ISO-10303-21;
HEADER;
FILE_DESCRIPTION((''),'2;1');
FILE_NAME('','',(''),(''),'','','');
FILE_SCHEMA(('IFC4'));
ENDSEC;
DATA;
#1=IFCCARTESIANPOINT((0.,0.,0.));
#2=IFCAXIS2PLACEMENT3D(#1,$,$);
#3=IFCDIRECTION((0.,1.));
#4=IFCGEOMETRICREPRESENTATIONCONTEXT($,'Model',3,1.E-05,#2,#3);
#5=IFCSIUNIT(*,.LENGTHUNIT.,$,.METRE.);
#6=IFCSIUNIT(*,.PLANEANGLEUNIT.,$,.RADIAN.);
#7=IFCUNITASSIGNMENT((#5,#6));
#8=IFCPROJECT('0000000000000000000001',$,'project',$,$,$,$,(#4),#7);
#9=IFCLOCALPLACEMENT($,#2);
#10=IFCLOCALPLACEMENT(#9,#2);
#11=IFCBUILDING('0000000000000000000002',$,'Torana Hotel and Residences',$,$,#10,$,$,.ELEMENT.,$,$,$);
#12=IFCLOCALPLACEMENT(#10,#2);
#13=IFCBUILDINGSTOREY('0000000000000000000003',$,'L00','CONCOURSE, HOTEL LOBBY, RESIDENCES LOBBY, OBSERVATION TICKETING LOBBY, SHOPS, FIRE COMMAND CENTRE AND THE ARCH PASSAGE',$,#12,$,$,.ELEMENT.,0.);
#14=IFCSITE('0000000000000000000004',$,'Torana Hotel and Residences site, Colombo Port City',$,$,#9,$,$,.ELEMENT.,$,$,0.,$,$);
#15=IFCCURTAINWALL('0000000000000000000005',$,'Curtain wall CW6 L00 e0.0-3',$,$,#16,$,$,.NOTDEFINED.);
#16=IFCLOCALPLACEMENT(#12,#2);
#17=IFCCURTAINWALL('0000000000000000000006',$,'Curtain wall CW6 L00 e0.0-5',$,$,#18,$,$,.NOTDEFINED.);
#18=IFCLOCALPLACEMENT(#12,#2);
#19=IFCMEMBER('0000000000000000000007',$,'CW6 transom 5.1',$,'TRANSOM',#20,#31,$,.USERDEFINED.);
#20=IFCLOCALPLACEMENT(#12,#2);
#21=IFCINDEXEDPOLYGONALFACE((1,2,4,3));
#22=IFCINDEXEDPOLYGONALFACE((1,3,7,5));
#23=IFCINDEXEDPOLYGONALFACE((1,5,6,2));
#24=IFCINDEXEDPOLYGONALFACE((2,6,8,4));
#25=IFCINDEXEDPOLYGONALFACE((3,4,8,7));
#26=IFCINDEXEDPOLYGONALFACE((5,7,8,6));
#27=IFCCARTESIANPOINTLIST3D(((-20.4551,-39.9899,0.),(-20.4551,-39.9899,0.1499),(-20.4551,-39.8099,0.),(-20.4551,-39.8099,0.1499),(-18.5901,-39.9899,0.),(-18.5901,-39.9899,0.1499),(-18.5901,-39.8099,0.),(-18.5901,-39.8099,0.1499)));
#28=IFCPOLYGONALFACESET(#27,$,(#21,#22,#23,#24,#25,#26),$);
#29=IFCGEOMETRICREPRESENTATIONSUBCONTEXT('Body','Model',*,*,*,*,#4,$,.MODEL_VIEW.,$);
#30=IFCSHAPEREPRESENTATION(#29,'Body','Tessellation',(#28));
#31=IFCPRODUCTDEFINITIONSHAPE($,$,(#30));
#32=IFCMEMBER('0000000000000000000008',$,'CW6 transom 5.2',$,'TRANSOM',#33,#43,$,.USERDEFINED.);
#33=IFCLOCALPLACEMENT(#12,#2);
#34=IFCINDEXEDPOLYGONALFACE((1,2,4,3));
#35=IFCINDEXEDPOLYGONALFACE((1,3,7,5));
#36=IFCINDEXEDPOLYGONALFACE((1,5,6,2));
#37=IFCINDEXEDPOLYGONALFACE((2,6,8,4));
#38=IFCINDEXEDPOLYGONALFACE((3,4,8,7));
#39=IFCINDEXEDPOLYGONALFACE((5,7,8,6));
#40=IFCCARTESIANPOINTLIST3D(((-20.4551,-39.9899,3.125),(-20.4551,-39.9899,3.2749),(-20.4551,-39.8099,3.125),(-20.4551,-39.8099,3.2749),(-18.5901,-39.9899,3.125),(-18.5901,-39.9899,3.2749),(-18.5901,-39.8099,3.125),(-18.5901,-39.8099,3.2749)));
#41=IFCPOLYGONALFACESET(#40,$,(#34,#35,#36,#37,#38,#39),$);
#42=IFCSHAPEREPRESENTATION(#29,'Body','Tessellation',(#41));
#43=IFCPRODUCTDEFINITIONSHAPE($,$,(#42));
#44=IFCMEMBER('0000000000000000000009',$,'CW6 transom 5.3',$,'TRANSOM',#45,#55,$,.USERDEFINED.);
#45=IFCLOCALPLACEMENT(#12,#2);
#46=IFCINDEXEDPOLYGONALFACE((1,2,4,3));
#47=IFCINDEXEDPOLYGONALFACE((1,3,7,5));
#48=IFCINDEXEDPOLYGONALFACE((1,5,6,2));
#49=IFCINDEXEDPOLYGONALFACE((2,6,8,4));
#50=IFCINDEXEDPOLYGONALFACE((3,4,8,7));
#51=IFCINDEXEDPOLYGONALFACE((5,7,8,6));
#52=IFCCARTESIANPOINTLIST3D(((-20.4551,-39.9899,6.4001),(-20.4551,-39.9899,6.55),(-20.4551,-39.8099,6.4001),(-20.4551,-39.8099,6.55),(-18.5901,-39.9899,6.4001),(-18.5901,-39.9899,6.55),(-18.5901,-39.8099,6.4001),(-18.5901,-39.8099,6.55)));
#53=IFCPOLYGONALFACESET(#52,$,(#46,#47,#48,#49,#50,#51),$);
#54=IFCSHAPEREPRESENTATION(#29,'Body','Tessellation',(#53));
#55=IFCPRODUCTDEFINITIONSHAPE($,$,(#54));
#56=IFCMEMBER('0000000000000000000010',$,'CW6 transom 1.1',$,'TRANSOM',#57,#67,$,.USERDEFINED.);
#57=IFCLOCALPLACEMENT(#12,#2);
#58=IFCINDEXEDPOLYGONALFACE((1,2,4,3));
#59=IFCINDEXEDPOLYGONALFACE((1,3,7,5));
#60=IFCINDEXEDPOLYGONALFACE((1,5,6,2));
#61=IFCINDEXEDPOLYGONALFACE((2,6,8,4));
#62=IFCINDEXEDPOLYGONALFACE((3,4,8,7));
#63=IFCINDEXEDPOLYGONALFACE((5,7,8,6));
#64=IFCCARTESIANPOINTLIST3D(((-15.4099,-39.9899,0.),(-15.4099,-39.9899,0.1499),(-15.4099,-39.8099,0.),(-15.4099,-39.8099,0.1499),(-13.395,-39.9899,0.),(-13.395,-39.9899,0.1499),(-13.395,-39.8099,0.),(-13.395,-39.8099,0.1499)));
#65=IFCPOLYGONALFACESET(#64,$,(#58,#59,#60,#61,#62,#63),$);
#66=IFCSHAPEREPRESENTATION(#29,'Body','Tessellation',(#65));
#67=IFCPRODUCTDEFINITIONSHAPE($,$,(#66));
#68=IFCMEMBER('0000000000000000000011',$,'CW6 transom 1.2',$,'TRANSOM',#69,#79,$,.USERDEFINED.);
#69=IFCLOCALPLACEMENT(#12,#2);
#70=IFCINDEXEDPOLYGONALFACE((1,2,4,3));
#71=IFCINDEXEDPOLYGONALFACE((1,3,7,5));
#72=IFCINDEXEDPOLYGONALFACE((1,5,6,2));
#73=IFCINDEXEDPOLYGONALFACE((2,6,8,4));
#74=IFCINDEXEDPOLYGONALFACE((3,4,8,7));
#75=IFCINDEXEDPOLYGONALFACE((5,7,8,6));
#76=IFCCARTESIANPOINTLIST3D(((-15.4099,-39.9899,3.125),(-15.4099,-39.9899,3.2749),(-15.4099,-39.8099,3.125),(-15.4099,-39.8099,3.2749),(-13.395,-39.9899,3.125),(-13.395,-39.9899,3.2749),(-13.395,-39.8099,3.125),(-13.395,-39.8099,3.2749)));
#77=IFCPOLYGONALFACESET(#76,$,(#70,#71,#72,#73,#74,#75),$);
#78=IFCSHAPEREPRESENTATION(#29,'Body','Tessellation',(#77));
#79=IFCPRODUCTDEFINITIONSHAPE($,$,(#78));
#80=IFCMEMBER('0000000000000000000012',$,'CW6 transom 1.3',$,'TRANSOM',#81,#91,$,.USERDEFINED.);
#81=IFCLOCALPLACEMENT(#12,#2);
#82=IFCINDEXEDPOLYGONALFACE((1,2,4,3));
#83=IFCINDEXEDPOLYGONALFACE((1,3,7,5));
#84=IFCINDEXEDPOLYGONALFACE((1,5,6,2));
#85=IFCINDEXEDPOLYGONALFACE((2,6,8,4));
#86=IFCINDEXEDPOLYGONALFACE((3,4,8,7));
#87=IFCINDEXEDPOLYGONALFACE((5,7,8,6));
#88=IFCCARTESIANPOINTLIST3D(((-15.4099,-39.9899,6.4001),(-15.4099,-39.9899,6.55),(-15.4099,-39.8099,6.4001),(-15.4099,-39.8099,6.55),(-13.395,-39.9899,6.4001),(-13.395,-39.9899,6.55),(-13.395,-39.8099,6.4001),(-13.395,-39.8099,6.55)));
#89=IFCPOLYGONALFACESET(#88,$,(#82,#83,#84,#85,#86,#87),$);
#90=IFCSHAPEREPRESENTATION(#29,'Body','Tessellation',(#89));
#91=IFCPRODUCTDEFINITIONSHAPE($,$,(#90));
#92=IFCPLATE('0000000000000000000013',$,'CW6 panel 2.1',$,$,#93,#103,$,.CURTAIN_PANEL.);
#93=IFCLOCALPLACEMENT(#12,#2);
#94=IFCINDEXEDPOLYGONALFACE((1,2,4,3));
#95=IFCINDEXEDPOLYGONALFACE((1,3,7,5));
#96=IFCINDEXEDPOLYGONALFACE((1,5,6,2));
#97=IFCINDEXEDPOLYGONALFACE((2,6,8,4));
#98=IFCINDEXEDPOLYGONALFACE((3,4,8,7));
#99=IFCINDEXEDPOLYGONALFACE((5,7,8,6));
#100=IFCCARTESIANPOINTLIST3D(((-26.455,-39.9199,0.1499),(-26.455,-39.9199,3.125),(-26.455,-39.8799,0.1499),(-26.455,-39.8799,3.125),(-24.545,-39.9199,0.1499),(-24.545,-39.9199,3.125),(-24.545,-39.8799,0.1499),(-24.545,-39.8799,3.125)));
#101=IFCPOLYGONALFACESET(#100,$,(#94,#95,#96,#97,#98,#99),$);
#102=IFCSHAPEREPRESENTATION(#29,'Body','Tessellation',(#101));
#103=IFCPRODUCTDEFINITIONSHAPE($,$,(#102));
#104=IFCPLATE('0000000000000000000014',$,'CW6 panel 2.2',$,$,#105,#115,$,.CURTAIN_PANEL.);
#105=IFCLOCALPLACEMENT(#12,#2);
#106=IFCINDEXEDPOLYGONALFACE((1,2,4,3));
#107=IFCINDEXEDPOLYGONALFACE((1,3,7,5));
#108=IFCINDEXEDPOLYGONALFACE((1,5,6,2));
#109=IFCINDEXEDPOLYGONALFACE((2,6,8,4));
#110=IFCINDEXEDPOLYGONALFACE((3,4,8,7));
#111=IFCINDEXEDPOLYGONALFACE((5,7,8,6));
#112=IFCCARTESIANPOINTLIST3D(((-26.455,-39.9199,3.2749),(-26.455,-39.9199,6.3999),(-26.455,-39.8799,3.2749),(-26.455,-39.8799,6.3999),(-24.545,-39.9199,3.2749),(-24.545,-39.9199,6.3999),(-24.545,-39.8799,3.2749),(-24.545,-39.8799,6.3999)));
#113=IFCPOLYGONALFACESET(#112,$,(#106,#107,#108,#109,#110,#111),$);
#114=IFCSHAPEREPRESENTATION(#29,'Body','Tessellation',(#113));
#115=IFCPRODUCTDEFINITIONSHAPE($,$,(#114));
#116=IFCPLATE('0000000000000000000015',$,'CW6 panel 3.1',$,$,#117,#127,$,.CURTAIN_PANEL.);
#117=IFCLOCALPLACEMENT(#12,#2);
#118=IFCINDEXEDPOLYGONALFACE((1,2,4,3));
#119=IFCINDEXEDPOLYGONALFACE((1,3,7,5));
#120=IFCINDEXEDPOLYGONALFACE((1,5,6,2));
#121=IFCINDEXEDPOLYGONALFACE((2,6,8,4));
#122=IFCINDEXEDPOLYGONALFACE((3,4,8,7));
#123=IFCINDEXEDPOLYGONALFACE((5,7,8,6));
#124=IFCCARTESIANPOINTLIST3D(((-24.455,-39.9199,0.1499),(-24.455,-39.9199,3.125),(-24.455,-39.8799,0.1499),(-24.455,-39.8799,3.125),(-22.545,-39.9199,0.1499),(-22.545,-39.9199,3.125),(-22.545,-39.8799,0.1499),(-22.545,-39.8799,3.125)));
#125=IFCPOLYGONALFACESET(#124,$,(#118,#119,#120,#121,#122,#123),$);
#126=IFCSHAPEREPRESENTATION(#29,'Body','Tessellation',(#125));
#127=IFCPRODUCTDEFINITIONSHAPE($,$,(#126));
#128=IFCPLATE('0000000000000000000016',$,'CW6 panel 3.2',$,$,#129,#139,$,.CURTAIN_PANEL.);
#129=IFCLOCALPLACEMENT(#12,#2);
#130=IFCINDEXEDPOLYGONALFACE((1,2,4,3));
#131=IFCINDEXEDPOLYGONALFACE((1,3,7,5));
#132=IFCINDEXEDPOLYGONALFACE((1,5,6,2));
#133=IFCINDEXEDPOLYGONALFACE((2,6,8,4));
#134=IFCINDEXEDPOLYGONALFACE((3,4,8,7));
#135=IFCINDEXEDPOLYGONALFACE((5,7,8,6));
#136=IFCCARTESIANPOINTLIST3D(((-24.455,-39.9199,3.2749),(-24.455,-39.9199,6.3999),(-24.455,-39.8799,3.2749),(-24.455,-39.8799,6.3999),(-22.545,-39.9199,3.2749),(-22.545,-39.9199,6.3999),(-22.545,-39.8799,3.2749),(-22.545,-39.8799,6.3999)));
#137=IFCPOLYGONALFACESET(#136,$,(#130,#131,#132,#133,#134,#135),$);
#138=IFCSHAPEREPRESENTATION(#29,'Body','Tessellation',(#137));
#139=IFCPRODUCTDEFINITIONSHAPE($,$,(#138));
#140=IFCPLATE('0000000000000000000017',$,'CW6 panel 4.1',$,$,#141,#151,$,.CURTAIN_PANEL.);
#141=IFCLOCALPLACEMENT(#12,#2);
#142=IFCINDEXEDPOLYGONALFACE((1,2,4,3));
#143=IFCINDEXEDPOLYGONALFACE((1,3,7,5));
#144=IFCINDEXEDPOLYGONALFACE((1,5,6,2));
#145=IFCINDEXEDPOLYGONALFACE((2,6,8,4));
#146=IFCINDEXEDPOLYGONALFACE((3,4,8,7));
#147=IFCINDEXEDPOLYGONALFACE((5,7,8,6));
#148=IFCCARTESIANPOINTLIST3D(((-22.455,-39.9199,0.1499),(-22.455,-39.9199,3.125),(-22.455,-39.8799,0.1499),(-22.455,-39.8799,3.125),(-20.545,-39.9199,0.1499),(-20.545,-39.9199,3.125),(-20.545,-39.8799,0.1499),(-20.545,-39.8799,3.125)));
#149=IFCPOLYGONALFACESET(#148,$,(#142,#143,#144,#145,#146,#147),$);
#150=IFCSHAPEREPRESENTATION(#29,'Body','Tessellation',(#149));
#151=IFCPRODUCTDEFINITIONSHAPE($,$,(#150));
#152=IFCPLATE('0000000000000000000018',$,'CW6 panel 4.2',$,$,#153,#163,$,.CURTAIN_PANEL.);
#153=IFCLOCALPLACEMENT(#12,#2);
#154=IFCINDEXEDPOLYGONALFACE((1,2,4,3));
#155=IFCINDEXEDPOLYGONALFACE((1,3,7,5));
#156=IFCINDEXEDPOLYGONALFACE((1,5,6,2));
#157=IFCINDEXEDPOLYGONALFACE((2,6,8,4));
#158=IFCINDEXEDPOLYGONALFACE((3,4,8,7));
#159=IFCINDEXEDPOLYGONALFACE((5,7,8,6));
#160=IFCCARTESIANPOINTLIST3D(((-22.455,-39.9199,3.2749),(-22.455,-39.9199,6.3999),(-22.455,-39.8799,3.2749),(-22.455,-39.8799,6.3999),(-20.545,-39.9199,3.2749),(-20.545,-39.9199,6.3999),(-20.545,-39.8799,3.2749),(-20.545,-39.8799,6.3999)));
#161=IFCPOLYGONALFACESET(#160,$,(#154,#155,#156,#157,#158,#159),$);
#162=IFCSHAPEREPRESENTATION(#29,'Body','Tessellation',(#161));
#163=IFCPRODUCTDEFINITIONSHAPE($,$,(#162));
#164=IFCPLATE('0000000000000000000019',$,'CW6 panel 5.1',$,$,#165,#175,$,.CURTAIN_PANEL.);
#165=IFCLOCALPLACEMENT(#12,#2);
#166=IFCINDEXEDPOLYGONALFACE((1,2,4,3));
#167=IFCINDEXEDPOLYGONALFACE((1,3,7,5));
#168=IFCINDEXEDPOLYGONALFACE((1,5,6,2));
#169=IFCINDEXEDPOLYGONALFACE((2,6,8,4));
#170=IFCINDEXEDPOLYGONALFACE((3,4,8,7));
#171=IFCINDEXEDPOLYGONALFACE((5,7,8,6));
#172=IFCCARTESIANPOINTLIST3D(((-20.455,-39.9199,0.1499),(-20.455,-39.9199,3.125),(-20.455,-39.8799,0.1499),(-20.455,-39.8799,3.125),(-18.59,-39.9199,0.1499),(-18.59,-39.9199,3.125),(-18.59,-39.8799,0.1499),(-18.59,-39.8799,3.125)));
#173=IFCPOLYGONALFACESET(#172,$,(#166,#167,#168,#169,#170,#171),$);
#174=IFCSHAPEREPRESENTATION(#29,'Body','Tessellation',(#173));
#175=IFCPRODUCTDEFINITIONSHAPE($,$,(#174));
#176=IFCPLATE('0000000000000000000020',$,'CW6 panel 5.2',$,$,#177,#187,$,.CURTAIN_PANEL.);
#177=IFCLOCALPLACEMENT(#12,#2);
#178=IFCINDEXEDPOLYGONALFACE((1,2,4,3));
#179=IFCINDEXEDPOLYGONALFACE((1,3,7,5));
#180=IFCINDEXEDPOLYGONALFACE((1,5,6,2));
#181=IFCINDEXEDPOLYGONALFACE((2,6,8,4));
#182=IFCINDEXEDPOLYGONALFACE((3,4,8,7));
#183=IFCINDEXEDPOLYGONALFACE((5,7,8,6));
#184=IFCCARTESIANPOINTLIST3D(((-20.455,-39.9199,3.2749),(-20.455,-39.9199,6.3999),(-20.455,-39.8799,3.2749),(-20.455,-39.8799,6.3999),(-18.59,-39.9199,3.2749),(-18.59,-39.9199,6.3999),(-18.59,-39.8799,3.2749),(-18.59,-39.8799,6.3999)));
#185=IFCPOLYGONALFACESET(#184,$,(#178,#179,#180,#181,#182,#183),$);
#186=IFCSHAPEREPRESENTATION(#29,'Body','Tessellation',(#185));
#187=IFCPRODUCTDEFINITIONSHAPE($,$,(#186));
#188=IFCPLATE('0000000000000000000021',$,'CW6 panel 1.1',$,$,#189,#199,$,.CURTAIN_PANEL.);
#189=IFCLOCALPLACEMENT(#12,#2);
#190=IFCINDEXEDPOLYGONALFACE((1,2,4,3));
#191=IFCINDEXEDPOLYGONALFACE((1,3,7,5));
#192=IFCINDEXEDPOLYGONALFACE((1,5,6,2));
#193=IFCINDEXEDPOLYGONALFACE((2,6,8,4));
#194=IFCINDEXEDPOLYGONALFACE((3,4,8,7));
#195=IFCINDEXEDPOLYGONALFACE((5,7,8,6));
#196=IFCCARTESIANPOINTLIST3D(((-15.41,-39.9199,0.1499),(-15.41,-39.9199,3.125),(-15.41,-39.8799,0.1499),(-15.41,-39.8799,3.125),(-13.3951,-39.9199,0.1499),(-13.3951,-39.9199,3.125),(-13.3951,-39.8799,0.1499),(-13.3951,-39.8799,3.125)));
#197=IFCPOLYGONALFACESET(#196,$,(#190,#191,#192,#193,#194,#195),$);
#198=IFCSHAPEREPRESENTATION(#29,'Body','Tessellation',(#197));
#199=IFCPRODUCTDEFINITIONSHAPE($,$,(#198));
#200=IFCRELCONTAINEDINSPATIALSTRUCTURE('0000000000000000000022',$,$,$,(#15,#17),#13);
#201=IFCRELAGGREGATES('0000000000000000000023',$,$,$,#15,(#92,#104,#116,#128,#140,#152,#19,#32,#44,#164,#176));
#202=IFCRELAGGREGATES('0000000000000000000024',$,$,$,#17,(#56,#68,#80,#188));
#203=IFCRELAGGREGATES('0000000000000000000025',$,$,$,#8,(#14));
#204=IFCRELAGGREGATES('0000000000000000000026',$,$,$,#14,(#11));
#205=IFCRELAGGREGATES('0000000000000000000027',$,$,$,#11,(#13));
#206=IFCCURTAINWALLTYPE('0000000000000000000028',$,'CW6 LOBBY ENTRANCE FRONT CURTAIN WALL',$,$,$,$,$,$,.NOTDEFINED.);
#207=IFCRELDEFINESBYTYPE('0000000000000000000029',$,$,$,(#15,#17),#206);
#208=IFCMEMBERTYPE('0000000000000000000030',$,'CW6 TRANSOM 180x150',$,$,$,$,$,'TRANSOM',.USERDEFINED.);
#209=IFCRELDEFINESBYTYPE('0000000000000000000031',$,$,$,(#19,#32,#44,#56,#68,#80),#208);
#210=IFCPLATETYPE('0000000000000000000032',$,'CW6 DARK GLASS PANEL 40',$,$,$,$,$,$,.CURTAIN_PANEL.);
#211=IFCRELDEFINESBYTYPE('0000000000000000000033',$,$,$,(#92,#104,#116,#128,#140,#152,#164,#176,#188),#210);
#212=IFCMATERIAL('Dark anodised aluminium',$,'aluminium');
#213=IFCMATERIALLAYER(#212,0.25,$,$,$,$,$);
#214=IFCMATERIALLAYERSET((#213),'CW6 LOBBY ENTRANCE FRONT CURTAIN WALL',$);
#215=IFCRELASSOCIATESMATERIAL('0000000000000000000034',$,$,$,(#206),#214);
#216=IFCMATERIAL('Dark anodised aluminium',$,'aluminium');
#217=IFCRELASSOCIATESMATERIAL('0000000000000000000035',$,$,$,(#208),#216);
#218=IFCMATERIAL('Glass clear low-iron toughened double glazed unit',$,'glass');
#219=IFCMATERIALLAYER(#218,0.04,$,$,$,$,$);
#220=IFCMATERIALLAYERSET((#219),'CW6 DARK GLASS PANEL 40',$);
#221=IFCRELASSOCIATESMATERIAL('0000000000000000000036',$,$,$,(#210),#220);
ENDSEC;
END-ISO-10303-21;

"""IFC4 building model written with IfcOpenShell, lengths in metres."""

from ifc_helpers import new_model, si_unit, direction, frame, origin, origin_2d, place, context, subcontext, project, spatial, rectangle, extrude, material, layer, layer_set, material_profile, profile_set, type_object, element, aggregate, save


model = new_model("IFC4")

# Units and contexts
model_context = context("Model", 3, precision=1e-05, world=origin(), true_north=direction((0.0, 1.0)))
body_context = subcontext(model_context, "Body", "Model", "MODEL_VIEW")
ifc_project = project(units=[si_unit("LENGTHUNIT", "METRE"), si_unit("PLANEANGLEUNIT", "RADIAN")], contexts=[model_context])

# Site, building, storey
site_placement = place(None, origin())
site = spatial("IfcSite", under=ifc_project, at=site_placement, Name="Torana Hotel and Residences site, Colombo Port City", CompositionType="ELEMENT", RefElevation=0.0)
building_placement = place(site_placement, origin())
building = spatial("IfcBuilding", under=site, at=building_placement, Name="Torana Hotel and Residences", CompositionType="ELEMENT")
storey_placement = place(building_placement, origin())
storey = spatial("IfcBuildingStorey", under=building, at=storey_placement, Name="L00", Description="CONCOURSE, HOTEL LOBBY, RESIDENCES LOBBY, OBSERVATION TICKETING LOBBY, SHOPS, FIRE COMMAND CENTRE AND THE ARCH PASSAGE", CompositionType="ELEMENT", Elevation=0.0)

# Curtain wall
ifc_material_1 = material(Name="Dark anodised aluminium", Category="aluminium")
ifc_layer_1 = layer(ifc_material_1, 0.25)
ifc_layer_set_1 = layer_set([ifc_layer_1], Name="CW6 LOBBY ENTRANCE FRONT CURTAIN WALL")
curtain_wall_type = type_object("IfcCurtainWallType", Name="CW6 LOBBY ENTRANCE FRONT CURTAIN WALL", PredefinedType="NOTDEFINED", material=ifc_layer_set_1)
curtain_wall_1_placement = place(storey_placement, origin())
curtain_wall_1 = element("IfcCurtainWall", 1, at=curtain_wall_1_placement, inside=storey, type_object=curtain_wall_type, Name="Curtain wall CW6 L00 e0.0-3", PredefinedType="NOTDEFINED")

# Curtain wall
curtain_wall_2_placement = place(storey_placement, origin())
curtain_wall_2 = element("IfcCurtainWall", 2, at=curtain_wall_2_placement, inside=storey, type_object=curtain_wall_type, Name="Curtain wall CW6 L00 e0.0-5", PredefinedType="NOTDEFINED")

# Members
ifc_material_2 = material(Name="Dark anodised aluminium", Category="aluminium")
ifc_material_profile_1 = material_profile(ifc_material_2, rectangle(XDim=0.1799, YDim=0.1499, at=origin_2d()), Name="CW6 TRANSOM 180x150")
ifc_profile_set_1 = profile_set([ifc_material_profile_1], Name="Dark anodised aluminium")
member_type_1 = type_object("IfcMemberType", Name="CW6 TRANSOM 180x150", ElementType="TRANSOM", PredefinedType="USERDEFINED", material=ifc_profile_set_1)
member_1_placement = place(storey_placement, frame((-20.4551, -39.8999, 0.075), z_axis=(1.0, 0.0, 0.0), x_axis=(0.0, 1.0, 0.0)))
member_1 = element("IfcMember", 3, at=member_1_placement, type_object=member_type_1, Name="CW6 transom 5.1", ObjectType="TRANSOM", PredefinedType="USERDEFINED", context=body_context, shape_type="SweptSolid", body=[
    extrude(rectangle(XDim=0.1799, YDim=0.1499, at=origin_2d()), origin(), (0.0, 0.0, 1.0), 1.865),
])
member_2_placement = place(storey_placement, frame((-20.4551, -39.8999, 3.2), z_axis=(1.0, 0.0, 0.0), x_axis=(0.0, 1.0, 0.0)))
member_2 = element("IfcMember", 4, at=member_2_placement, type_object=member_type_1, Name="CW6 transom 5.2", ObjectType="TRANSOM", PredefinedType="USERDEFINED", context=body_context, shape_type="SweptSolid", body=[
    extrude(rectangle(XDim=0.1799, YDim=0.1499, at=origin_2d()), origin(), (0.0, 0.0, 1.0), 1.865),
])
member_3_placement = place(storey_placement, frame((-20.4551, -39.8999, 6.4751), z_axis=(1.0, 0.0, 0.0), x_axis=(0.0, 1.0, 0.0)))
member_3 = element("IfcMember", 5, at=member_3_placement, type_object=member_type_1, Name="CW6 transom 5.3", ObjectType="TRANSOM", PredefinedType="USERDEFINED", context=body_context, shape_type="SweptSolid", body=[
    extrude(rectangle(XDim=0.1799, YDim=0.1499, at=origin_2d()), origin(), (0.0, 0.0, 1.0), 1.865),
])
member_4_placement = place(storey_placement, frame((-15.4099, -39.8999, 0.075), z_axis=(1.0, 0.0, 0.0), x_axis=(0.0, 1.0, 0.0)))
member_4 = element("IfcMember", 6, at=member_4_placement, type_object=member_type_1, Name="CW6 transom 1.1", ObjectType="TRANSOM", PredefinedType="USERDEFINED", context=body_context, shape_type="SweptSolid", body=[
    extrude(rectangle(XDim=0.1799, YDim=0.1499, at=origin_2d()), origin(), (0.0, 0.0, 1.0), 2.0149),
])
member_5_placement = place(storey_placement, frame((-15.4099, -39.8999, 3.2), z_axis=(1.0, 0.0, 0.0), x_axis=(0.0, 1.0, 0.0)))
member_5 = element("IfcMember", 7, at=member_5_placement, type_object=member_type_1, Name="CW6 transom 1.2", ObjectType="TRANSOM", PredefinedType="USERDEFINED", context=body_context, shape_type="SweptSolid", body=[
    extrude(rectangle(XDim=0.1799, YDim=0.1499, at=origin_2d()), origin(), (0.0, 0.0, 1.0), 2.0149),
])
member_6_placement = place(storey_placement, frame((-15.4099, -39.8999, 6.4751), z_axis=(1.0, 0.0, 0.0), x_axis=(0.0, 1.0, 0.0)))
member_6 = element("IfcMember", 8, at=member_6_placement, type_object=member_type_1, Name="CW6 transom 1.3", ObjectType="TRANSOM", PredefinedType="USERDEFINED", context=body_context, shape_type="SweptSolid", body=[
    extrude(rectangle(XDim=0.1799, YDim=0.1499, at=origin_2d()), origin(), (0.0, 0.0, 1.0), 2.0149),
])

# Plates
ifc_material_3 = material(Name="Glass clear low-iron toughened double glazed unit", Category="glass")
ifc_layer_2 = layer(ifc_material_3, 0.04)
ifc_layer_set_2 = layer_set([ifc_layer_2], Name="CW6 DARK GLASS PANEL 40")
plate_type = type_object("IfcPlateType", Name="CW6 DARK GLASS PANEL 40", PredefinedType="CURTAIN_PANEL", material=ifc_layer_set_2)
plate_1_placement = place(storey_placement, frame((-25.5, -39.8999, 0.1499), z_axis=(0.0, 0.0, 1.0), x_axis=(1.0, 0.0, 0.0)))
plate_1 = element("IfcPlate", 9, at=plate_1_placement, type_object=plate_type, Name="CW6 panel 2.1", PredefinedType="CURTAIN_PANEL", context=body_context, shape_type="SweptSolid", body=[
    extrude(rectangle(XDim=1.9099, YDim=0.04, at=origin_2d()), origin(), (0.0, 0.0, 1.0), 2.9751),
])
plate_2_placement = place(storey_placement, frame((-25.5, -39.8999, 3.2749), z_axis=(0.0, 0.0, 1.0), x_axis=(1.0, 0.0, 0.0)))
plate_2 = element("IfcPlate", 10, at=plate_2_placement, type_object=plate_type, Name="CW6 panel 2.2", PredefinedType="CURTAIN_PANEL", context=body_context, shape_type="SweptSolid", body=[
    extrude(rectangle(XDim=1.9099, YDim=0.04, at=origin_2d()), origin(), (0.0, 0.0, 1.0), 3.125),
])
plate_3_placement = place(storey_placement, frame((-23.5, -39.8999, 0.1499), z_axis=(0.0, 0.0, 1.0), x_axis=(1.0, 0.0, 0.0)))
plate_3 = element("IfcPlate", 11, at=plate_3_placement, type_object=plate_type, Name="CW6 panel 3.1", PredefinedType="CURTAIN_PANEL", context=body_context, shape_type="SweptSolid", body=[
    extrude(rectangle(XDim=1.9099, YDim=0.04, at=origin_2d()), origin(), (0.0, 0.0, 1.0), 2.9751),
])
plate_4_placement = place(storey_placement, frame((-23.5, -39.8999, 3.2749), z_axis=(0.0, 0.0, 1.0), x_axis=(1.0, 0.0, 0.0)))
plate_4 = element("IfcPlate", 12, at=plate_4_placement, type_object=plate_type, Name="CW6 panel 3.2", PredefinedType="CURTAIN_PANEL", context=body_context, shape_type="SweptSolid", body=[
    extrude(rectangle(XDim=1.9099, YDim=0.04, at=origin_2d()), origin(), (0.0, 0.0, 1.0), 3.125),
])
plate_5_placement = place(storey_placement, frame((-21.5, -39.8999, 0.1499), z_axis=(0.0, 0.0, 1.0), x_axis=(1.0, 0.0, 0.0)))
plate_5 = element("IfcPlate", 13, at=plate_5_placement, type_object=plate_type, Name="CW6 panel 4.1", PredefinedType="CURTAIN_PANEL", context=body_context, shape_type="SweptSolid", body=[
    extrude(rectangle(XDim=1.9099, YDim=0.04, at=origin_2d()), origin(), (0.0, 0.0, 1.0), 2.9751),
])
plate_6_placement = place(storey_placement, frame((-21.5, -39.8999, 3.2749), z_axis=(0.0, 0.0, 1.0), x_axis=(1.0, 0.0, 0.0)))
plate_6 = element("IfcPlate", 14, at=plate_6_placement, type_object=plate_type, Name="CW6 panel 4.2", PredefinedType="CURTAIN_PANEL", context=body_context, shape_type="SweptSolid", body=[
    extrude(rectangle(XDim=1.9099, YDim=0.04, at=origin_2d()), origin(), (0.0, 0.0, 1.0), 3.125),
])
plate_7_placement = place(storey_placement, frame((-19.5225, -39.8999, 0.1499), z_axis=(0.0, 0.0, 1.0), x_axis=(1.0, 0.0, 0.0)))
plate_7 = element("IfcPlate", 15, at=plate_7_placement, type_object=plate_type, Name="CW6 panel 5.1", PredefinedType="CURTAIN_PANEL", context=body_context, shape_type="SweptSolid", body=[
    extrude(rectangle(XDim=1.865, YDim=0.04, at=origin_2d()), origin(), (0.0, 0.0, 1.0), 2.9751),
])
plate_8_placement = place(storey_placement, frame((-19.5225, -39.8999, 3.2749), z_axis=(0.0, 0.0, 1.0), x_axis=(1.0, 0.0, 0.0)))
plate_8 = element("IfcPlate", 16, at=plate_8_placement, type_object=plate_type, Name="CW6 panel 5.2", PredefinedType="CURTAIN_PANEL", context=body_context, shape_type="SweptSolid", body=[
    extrude(rectangle(XDim=1.865, YDim=0.04, at=origin_2d()), origin(), (0.0, 0.0, 1.0), 3.125),
])
aggregate(curtain_wall_1, [plate_1, plate_2, plate_3, plate_4, plate_5, plate_6, member_1, member_2, member_3, plate_7, plate_8])
plate_9_placement = place(storey_placement, frame((-14.4026, -39.8999, 0.1499), z_axis=(0.0, 0.0, 1.0), x_axis=(1.0, 0.0, 0.0)))
plate_9 = element("IfcPlate", 17, at=plate_9_placement, type_object=plate_type, Name="CW6 panel 1.1", PredefinedType="CURTAIN_PANEL", context=body_context, shape_type="SweptSolid", body=[
    extrude(rectangle(XDim=2.0149, YDim=0.04, at=origin_2d()), origin(), (0.0, 0.0, 1.0), 2.9751),
])
aggregate(curtain_wall_2, [member_4, member_5, member_6, plate_9])

save(model, "model.ifc")
